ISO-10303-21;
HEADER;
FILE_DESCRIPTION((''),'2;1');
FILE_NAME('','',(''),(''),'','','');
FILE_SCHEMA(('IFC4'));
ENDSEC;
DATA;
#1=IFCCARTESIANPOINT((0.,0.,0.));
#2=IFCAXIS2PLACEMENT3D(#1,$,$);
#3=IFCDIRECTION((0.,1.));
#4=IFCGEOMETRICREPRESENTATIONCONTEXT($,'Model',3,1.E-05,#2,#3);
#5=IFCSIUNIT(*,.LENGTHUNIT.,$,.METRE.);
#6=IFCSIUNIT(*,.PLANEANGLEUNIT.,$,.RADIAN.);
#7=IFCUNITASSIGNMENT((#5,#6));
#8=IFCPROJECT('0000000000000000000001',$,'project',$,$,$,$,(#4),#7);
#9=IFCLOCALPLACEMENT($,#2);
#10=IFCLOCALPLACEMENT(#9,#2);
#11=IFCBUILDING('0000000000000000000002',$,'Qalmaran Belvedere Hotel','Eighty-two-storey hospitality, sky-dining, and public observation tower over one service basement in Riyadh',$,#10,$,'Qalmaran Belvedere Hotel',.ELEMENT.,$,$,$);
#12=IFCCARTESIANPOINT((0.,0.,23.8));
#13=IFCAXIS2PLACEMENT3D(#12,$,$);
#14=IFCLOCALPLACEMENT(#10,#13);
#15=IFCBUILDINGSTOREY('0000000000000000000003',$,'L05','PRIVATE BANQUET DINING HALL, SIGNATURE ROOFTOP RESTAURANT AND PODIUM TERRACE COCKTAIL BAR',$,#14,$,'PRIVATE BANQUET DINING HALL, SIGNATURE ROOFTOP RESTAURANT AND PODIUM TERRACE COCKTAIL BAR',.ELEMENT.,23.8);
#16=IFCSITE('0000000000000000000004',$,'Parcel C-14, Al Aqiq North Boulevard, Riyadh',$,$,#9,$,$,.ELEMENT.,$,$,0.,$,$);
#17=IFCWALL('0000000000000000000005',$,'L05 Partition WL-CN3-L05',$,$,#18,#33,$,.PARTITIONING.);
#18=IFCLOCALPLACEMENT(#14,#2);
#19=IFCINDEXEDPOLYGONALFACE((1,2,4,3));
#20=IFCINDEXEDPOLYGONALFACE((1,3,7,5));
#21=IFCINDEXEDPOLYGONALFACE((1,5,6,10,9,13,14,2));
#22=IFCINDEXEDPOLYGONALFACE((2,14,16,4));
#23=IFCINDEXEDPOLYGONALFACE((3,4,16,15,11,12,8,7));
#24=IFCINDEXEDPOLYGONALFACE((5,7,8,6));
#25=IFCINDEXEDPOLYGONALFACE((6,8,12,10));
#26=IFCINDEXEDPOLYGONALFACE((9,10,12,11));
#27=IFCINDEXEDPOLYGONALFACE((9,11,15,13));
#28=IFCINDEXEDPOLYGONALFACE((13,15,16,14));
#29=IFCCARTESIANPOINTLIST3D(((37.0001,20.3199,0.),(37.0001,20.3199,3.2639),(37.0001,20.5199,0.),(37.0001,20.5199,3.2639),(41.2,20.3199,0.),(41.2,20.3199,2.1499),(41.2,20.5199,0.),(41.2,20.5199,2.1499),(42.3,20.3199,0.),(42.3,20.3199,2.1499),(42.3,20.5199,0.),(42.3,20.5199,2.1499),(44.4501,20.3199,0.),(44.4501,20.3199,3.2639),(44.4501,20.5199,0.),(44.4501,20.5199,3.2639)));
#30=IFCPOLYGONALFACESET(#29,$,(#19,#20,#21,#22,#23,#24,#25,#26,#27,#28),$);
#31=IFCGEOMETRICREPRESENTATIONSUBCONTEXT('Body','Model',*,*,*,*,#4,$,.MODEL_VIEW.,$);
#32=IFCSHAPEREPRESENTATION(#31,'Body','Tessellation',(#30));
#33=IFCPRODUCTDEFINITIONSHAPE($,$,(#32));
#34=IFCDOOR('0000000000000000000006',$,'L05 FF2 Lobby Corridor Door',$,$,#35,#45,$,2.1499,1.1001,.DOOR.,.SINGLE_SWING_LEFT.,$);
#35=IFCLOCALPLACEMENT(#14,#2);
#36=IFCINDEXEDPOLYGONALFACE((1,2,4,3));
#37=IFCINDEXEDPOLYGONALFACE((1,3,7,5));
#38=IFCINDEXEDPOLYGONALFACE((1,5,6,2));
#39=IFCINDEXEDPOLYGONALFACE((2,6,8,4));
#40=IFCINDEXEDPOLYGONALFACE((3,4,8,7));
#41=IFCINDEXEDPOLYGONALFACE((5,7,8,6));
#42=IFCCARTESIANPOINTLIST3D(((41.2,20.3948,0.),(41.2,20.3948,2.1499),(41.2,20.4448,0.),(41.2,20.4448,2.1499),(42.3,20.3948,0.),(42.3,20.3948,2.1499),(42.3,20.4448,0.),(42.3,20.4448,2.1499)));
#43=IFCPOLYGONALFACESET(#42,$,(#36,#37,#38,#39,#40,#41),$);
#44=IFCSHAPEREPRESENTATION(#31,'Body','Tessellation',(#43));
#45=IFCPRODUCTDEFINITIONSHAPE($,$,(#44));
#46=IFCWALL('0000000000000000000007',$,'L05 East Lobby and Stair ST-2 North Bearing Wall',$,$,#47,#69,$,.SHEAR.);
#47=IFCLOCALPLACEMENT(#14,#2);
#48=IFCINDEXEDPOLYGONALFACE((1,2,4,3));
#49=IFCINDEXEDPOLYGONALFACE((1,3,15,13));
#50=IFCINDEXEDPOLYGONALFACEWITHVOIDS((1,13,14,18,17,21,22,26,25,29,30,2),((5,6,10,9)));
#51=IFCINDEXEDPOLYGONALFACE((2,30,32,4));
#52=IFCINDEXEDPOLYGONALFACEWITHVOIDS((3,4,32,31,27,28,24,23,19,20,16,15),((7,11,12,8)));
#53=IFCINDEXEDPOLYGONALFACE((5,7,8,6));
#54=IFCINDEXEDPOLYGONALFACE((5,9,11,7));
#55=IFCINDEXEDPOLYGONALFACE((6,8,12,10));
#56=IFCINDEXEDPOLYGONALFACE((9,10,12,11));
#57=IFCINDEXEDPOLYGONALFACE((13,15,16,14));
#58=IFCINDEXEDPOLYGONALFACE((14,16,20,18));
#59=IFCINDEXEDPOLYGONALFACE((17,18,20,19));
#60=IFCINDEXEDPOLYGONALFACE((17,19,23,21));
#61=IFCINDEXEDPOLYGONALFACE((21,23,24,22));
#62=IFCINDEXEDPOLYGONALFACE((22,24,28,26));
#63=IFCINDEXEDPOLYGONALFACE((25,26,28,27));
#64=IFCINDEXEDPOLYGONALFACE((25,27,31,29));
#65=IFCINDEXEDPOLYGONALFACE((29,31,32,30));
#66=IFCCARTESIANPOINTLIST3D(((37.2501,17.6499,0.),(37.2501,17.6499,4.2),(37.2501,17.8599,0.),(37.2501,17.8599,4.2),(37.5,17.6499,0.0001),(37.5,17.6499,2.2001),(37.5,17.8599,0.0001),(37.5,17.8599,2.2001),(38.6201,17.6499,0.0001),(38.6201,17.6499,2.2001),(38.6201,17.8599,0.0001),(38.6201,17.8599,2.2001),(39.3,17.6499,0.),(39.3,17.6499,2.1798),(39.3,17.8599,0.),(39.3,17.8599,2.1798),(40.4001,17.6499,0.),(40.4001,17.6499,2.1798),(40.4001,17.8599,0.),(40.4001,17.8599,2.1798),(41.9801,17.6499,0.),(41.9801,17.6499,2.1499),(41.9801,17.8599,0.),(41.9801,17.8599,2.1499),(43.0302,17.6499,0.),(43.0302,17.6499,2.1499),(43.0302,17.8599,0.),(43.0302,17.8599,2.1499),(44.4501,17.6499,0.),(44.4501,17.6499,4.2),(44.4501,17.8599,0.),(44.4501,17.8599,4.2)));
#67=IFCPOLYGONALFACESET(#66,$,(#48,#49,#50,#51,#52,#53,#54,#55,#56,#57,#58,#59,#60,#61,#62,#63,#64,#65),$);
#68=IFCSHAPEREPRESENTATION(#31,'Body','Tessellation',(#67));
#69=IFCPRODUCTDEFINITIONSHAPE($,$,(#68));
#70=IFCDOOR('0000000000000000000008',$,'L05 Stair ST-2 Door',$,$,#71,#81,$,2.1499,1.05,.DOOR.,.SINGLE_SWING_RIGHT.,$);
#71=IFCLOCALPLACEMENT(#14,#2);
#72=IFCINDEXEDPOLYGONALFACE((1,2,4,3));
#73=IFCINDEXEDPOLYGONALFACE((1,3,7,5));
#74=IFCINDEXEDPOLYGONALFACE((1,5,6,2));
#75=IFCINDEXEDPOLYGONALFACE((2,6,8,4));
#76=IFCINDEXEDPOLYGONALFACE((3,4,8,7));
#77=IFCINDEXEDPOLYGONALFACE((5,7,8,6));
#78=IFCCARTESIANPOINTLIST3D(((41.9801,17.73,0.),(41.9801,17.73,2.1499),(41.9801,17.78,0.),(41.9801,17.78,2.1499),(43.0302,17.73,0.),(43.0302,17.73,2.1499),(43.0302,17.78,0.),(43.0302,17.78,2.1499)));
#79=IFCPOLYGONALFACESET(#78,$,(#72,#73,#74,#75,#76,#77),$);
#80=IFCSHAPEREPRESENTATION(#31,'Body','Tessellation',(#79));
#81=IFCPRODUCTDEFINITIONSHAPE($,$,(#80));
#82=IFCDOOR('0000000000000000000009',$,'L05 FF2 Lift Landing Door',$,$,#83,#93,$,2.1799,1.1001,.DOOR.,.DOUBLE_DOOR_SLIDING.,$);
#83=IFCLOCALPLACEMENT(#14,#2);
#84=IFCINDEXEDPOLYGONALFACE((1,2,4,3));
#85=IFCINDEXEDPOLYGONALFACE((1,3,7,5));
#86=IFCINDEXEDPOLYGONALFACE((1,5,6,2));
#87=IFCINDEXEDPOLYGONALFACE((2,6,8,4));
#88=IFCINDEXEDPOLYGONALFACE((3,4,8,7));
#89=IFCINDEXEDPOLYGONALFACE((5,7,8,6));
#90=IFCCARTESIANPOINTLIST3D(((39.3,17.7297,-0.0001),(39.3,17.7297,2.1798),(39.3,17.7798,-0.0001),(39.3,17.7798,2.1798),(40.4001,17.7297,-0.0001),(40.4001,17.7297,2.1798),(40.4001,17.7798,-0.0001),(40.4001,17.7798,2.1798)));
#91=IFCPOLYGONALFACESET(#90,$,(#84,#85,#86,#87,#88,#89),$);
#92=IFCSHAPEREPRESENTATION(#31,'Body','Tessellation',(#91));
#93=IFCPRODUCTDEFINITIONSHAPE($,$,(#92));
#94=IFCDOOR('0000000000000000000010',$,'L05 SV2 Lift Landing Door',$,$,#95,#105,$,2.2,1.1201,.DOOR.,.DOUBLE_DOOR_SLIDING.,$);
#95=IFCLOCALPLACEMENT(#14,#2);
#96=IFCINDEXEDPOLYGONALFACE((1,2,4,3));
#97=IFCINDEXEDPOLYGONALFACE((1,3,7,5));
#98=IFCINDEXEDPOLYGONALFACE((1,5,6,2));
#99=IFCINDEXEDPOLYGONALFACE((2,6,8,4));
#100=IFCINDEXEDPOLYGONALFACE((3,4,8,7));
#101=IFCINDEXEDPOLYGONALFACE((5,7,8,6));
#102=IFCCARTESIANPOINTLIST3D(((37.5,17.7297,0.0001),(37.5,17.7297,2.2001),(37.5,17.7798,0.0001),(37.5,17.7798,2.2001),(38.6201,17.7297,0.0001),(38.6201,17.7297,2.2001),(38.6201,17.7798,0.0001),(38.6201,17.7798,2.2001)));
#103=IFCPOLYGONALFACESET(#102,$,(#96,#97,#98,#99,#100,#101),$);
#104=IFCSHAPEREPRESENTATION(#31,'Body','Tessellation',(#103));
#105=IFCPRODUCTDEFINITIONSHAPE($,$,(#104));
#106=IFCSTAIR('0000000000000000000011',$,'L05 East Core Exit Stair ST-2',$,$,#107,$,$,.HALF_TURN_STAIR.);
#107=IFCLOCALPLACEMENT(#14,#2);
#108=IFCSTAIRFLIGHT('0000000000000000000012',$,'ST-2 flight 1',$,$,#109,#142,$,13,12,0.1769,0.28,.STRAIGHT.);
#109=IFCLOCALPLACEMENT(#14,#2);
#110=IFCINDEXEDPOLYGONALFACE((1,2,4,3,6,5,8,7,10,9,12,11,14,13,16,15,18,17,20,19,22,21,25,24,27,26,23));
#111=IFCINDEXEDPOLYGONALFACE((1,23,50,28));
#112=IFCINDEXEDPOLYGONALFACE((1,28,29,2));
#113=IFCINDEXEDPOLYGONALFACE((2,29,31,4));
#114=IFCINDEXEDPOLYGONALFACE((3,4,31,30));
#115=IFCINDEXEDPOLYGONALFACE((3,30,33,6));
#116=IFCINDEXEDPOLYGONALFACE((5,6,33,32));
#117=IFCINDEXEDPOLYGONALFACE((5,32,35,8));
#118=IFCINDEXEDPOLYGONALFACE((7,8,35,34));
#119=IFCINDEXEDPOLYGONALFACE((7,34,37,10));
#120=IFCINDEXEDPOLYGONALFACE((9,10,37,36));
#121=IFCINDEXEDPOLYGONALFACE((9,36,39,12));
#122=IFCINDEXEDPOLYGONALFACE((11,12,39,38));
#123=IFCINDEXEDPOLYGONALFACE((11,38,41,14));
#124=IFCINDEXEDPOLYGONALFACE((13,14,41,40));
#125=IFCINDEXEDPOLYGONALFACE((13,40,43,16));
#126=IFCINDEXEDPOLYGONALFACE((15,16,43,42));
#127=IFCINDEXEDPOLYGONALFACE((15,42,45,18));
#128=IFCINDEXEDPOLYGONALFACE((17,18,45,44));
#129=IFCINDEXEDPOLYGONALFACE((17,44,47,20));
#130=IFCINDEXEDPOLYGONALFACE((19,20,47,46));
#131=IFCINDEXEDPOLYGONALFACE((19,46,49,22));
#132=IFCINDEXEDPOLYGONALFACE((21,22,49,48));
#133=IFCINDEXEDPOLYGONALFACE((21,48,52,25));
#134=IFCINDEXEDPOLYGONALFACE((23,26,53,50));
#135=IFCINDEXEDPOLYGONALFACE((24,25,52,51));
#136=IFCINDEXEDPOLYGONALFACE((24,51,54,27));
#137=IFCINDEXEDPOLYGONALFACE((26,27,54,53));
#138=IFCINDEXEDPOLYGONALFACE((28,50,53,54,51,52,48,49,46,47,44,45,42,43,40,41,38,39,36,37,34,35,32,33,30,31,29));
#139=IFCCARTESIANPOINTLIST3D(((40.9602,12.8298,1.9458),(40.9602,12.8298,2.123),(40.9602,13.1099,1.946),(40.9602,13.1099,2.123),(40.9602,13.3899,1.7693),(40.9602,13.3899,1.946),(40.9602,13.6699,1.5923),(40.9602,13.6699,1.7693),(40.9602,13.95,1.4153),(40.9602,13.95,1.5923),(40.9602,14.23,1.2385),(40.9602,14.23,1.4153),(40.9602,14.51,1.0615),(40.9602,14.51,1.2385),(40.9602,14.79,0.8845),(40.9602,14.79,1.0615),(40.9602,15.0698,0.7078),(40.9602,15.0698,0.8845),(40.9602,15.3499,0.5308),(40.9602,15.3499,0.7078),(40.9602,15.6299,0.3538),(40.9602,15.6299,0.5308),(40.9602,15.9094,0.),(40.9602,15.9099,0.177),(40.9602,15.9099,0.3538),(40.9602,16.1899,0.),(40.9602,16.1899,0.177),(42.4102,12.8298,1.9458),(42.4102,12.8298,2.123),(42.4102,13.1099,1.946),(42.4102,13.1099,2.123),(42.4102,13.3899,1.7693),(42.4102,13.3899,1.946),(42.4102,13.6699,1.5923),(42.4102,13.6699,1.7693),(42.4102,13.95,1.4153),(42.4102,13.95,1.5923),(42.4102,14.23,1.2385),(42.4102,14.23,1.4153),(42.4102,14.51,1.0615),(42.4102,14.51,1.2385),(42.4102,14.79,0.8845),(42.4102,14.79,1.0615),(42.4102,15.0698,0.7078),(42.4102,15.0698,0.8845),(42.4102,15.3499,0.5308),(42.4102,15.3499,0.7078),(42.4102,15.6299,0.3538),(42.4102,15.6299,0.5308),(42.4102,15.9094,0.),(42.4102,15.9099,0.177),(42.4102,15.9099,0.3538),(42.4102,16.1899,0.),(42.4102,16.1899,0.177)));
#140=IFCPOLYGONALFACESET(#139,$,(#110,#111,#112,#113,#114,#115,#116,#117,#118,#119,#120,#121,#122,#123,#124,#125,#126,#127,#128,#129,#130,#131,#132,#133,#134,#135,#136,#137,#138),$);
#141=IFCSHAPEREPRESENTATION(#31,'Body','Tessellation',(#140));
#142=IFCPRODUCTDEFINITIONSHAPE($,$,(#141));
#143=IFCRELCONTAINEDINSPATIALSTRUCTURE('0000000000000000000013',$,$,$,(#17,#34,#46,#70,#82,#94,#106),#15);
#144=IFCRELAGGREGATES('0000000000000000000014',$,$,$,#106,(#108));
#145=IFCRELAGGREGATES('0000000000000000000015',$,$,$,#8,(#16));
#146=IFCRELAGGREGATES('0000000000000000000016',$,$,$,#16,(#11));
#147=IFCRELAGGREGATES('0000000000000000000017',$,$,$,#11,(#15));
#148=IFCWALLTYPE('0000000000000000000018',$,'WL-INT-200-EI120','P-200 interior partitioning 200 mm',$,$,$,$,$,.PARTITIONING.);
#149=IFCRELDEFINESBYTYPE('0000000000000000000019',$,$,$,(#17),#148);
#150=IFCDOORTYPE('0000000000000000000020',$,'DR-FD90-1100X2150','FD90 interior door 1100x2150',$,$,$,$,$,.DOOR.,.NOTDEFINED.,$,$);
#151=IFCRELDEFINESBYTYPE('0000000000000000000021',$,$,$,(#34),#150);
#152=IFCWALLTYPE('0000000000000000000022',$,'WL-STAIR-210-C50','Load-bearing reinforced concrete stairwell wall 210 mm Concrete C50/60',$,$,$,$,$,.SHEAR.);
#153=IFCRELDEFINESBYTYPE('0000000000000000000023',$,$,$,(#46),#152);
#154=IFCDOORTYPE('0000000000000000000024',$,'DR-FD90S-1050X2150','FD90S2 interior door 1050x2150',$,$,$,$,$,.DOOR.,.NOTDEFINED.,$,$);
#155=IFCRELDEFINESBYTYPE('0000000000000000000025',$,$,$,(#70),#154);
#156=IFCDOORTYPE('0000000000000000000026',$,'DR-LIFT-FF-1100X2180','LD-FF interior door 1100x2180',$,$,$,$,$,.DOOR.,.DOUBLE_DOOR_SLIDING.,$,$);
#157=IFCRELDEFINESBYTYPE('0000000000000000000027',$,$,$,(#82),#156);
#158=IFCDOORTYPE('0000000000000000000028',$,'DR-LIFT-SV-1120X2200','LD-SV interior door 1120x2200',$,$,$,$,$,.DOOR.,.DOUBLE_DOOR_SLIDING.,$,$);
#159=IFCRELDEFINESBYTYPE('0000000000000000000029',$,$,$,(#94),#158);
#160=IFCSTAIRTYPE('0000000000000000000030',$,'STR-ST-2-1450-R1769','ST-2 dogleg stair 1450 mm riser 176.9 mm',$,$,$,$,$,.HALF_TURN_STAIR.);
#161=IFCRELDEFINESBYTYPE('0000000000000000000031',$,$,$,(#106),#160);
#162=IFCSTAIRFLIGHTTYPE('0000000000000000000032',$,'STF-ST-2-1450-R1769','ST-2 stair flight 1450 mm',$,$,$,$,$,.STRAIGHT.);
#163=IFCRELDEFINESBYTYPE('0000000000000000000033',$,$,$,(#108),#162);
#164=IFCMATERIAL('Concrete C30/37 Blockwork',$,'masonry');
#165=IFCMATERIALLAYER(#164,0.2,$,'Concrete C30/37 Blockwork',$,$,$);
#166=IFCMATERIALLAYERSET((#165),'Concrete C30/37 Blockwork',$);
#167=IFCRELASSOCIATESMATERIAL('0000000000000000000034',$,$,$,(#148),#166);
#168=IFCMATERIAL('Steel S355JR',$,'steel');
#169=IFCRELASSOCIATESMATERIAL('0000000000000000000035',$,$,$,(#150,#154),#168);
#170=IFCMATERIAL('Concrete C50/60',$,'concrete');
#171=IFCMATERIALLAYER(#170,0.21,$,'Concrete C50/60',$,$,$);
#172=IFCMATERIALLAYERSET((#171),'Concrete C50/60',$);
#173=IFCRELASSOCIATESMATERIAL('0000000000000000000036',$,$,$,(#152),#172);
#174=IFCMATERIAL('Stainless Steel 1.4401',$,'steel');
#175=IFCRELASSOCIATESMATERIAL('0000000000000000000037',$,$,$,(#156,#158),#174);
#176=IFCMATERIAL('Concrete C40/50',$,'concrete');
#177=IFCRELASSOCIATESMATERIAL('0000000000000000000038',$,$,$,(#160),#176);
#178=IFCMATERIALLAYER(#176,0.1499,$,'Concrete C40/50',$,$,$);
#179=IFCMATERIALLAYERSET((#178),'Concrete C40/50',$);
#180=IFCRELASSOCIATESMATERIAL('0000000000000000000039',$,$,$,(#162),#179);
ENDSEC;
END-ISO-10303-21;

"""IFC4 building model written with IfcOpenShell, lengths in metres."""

from ifc_helpers import new_model, si_unit, direction, frame, frame_2d, origin, place, context, subcontext, project, spatial, polyline, rectangle, outline, extrude, material, layer, layer_set, type_object, element, fill, aggregate, save


model = new_model("IFC4")

# Units and contexts
model_context = context("Model", 3, precision=1e-05, world=origin(), true_north=direction((0.0, 1.0)))
body_context = subcontext(model_context, "Body", "Model", "MODEL_VIEW")
ifc_project = project(units=[si_unit("LENGTHUNIT", "METRE"), si_unit("PLANEANGLEUNIT", "RADIAN")], contexts=[model_context])

# Site, building, storey
site_placement = place(None, origin())
site = spatial("IfcSite", under=ifc_project, at=site_placement, Name="Parcel C-14, Al Aqiq North Boulevard, Riyadh", CompositionType="ELEMENT", RefElevation=0.0)
building_placement = place(site_placement, origin())
building = spatial("IfcBuilding", under=site, at=building_placement, Name="Qalmaran Belvedere Hotel", Description="Eighty-two-storey hospitality, sky-dining, and public observation tower over one service basement in Riyadh", LongName="Qalmaran Belvedere Hotel", CompositionType="ELEMENT")
storey_placement = place(building_placement, frame((0.0, 0.0, 23.8)))
storey = spatial("IfcBuildingStorey", under=building, at=storey_placement, Name="L05", Description="PRIVATE BANQUET DINING HALL, SIGNATURE ROOFTOP RESTAURANT AND PODIUM TERRACE COCKTAIL BAR", LongName="PRIVATE BANQUET DINING HALL, SIGNATURE ROOFTOP RESTAURANT AND PODIUM TERRACE COCKTAIL BAR", CompositionType="ELEMENT", Elevation=23.8)

# Shared definitions
ifc_material_1 = material(Name="Steel S355JR", Category="steel")

# Wall, opening, door
ifc_material_2 = material(Name="Concrete C30/37 Blockwork", Category="masonry")
ifc_layer_1 = layer(ifc_material_2, 0.2, Name="Concrete C30/37 Blockwork")
ifc_layer_set_1 = layer_set([ifc_layer_1], Name="Concrete C30/37 Blockwork")
wall_type_1 = type_object("IfcWallType", Name="WL-INT-200-EI120", Description="P-200 interior partitioning 200 mm", PredefinedType="PARTITIONING", material=ifc_layer_set_1)
wall_1_placement = place(storey_placement, frame((37.0, 20.4199, 0.0), z_axis=(0.0, 0.0, 1.0), x_axis=(1.0, 0.0, 0.0)))
wall_1 = element("IfcWall", 1, at=wall_1_placement, inside=storey, type_object=wall_type_1, Name="L05 Partition WL-CN3-L05", PredefinedType="PARTITIONING", context=body_context, shape_type="SweptSolid", body=[
    extrude(rectangle(XDim=7.45, YDim=0.2, at=frame_2d((3.7251, 0.0))), origin(), (0.0, 0.0, 1.0), 3.2639),
])
opening_1_placement = place(wall_1_placement, frame((4.2, 0.0, 0.0)))
opening_1 = element("IfcOpeningElement", 2, at=opening_1_placement, cuts=wall_1, PredefinedType="OPENING", context=body_context, shape_type="SweptSolid", body=[
    extrude(rectangle(XDim=1.1001, YDim=2.1499, at=frame_2d((0.55, 1.075))), frame((0.0, 0.1099, 0.0), z_axis=(0.0, -1.0, 0.0), x_axis=(1.0, 0.0, 0.0)), (0.0, 0.0, 1.0), 0.22),
])
door_type_1 = type_object("IfcDoorType", Name="DR-FD90-1100X2150", Description="FD90 interior door 1100x2150", OperationType="NOTDEFINED", PredefinedType="DOOR", material=ifc_material_1)
door_1_placement = place(opening_1_placement, origin())
door_1 = element("IfcDoor", 3, at=door_1_placement, inside=storey, type_object=door_type_1, Name="L05 FF2 Lobby Corridor Door", OperationType="SINGLE_SWING_LEFT", OverallHeight=2.1499, OverallWidth=1.1001, PredefinedType="DOOR", context=body_context, shape_type="SweptSolid", body=[
    extrude(rectangle(XDim=1.1001, YDim=2.1499, at=frame_2d((0.55, 1.075))), frame((0.0, 0.0249, 0.0), z_axis=(0.0, -1.0, 0.0), x_axis=(1.0, 0.0, 0.0)), (0.0, 0.0, 1.0), 0.05),
])
fill(opening_1, door_1)

# Wall, openings, doors
ifc_material_3 = material(Name="Concrete C50/60", Category="concrete")
ifc_layer_2 = layer(ifc_material_3, 0.21, Name="Concrete C50/60")
ifc_layer_set_2 = layer_set([ifc_layer_2], Name="Concrete C50/60")
wall_type_2 = type_object("IfcWallType", Name="WL-STAIR-210-C50", Description="Load-bearing reinforced concrete stairwell wall 210 mm Concrete C50/60", PredefinedType="SHEAR", material=ifc_layer_set_2)
wall_2_placement = place(storey_placement, frame((37.25, 17.7549, 0.0), z_axis=(0.0, 0.0, 1.0), x_axis=(1.0, 0.0, 0.0)))
wall_2 = element("IfcWall", 4, at=wall_2_placement, inside=storey, type_object=wall_type_2, Name="L05 East Lobby and Stair ST-2 North Bearing Wall", PredefinedType="SHEAR", context=body_context, shape_type="SweptSolid", body=[
    extrude(rectangle(XDim=7.2, YDim=0.21, at=frame_2d((3.6001, 0.0))), origin(), (0.0, 0.0, 1.0), 4.2),
])
opening_2_placement = place(wall_2_placement, frame((0.25, 0.0, 0.0)))
opening_2 = element("IfcOpeningElement", 5, at=opening_2_placement, cuts=wall_2, PredefinedType="OPENING", context=body_context, shape_type="SweptSolid", body=[
    extrude(rectangle(XDim=1.1201, YDim=2.2, at=frame_2d((0.5601, 1.1001))), frame((0.0, 0.115, 0.0), z_axis=(0.0, -1.0, 0.0), x_axis=(1.0, 0.0, 0.0)), (0.0, 0.0, 1.0), 0.23),
])
opening_3_placement = place(wall_2_placement, frame((2.05, 0.0, 0.0)))
opening_3 = element("IfcOpeningElement", 6, at=opening_3_placement, cuts=wall_2, PredefinedType="OPENING", context=body_context, shape_type="SweptSolid", body=[
    extrude(rectangle(XDim=1.1001, YDim=2.1799, at=frame_2d((0.55, 1.0898))), frame((0.0, 0.115, 0.0), z_axis=(0.0, -1.0, 0.0), x_axis=(1.0, 0.0, 0.0)), (0.0, 0.0, 1.0), 0.23),
])
opening_4_placement = place(wall_2_placement, frame((5.78, 0.0, 0.0), z_axis=(0.0, 0.0, 1.0), x_axis=(-1.0, 0.0, 0.0)))
opening_4 = element("IfcOpeningElement", 7, at=opening_4_placement, cuts=wall_2, PredefinedType="OPENING", context=body_context, shape_type="SweptSolid", body=[
    extrude(rectangle(XDim=1.05, YDim=2.1499, at=frame_2d((0.5249, 1.075))), frame((0.0, 0.115, 0.0), z_axis=(0.0, -1.0, 0.0), x_axis=(1.0, 0.0, 0.0)), (0.0, 0.0, 1.0), 0.23),
])
door_type_2 = type_object("IfcDoorType", Name="DR-FD90S-1050X2150", Description="FD90S2 interior door 1050x2150", OperationType="NOTDEFINED", PredefinedType="DOOR", material=ifc_material_1)
door_2_placement = place(opening_4_placement, origin())
door_2 = element("IfcDoor", 8, at=door_2_placement, inside=storey, type_object=door_type_2, Name="L05 Stair ST-2 Door", OperationType="SINGLE_SWING_RIGHT", OverallHeight=2.1499, OverallWidth=1.05, PredefinedType="DOOR", context=body_context, shape_type="SweptSolid", body=[
    extrude(rectangle(XDim=1.05, YDim=2.1499, at=frame_2d((0.5249, 1.075))), frame((0.0, 0.0249, 0.0), z_axis=(0.0, -1.0, 0.0), x_axis=(1.0, 0.0, 0.0)), (0.0, 0.0, 1.0), 0.05),
])
fill(opening_4, door_2)
ifc_material_4 = material(Name="Stainless Steel 1.4401", Category="steel")
door_type_3 = type_object("IfcDoorType", Name="DR-LIFT-FF-1100X2180", Description="LD-FF interior door 1100x2180", OperationType="DOUBLE_DOOR_SLIDING", PredefinedType="DOOR", material=ifc_material_4)
door_3_placement = place(opening_3_placement, origin())
door_3 = element("IfcDoor", 9, at=door_3_placement, inside=storey, type_object=door_type_3, Name="L05 FF2 Lift Landing Door", OperationType="DOUBLE_DOOR_SLIDING", OverallHeight=2.1799, OverallWidth=1.1001, PredefinedType="DOOR", context=body_context, shape_type="SweptSolid", body=[
    extrude(rectangle(XDim=1.1001, YDim=2.1799, at=frame_2d((0.55, 1.0898))), frame((0.0, 0.0249, 0.0), z_axis=(0.0, -1.0, 0.0), x_axis=(1.0, 0.0, 0.0)), (0.0, 0.0, 1.0), 0.05),
])
fill(opening_3, door_3)
door_type_4 = type_object("IfcDoorType", Name="DR-LIFT-SV-1120X2200", Description="LD-SV interior door 1120x2200", OperationType="DOUBLE_DOOR_SLIDING", PredefinedType="DOOR", material=ifc_material_4)
door_4_placement = place(opening_2_placement, origin())
door_4 = element("IfcDoor", 10, at=door_4_placement, inside=storey, type_object=door_type_4, Name="L05 SV2 Lift Landing Door", OperationType="DOUBLE_DOOR_SLIDING", OverallHeight=2.2, OverallWidth=1.1201, PredefinedType="DOOR", context=body_context, shape_type="SweptSolid", body=[
    extrude(rectangle(XDim=1.1201, YDim=2.2, at=frame_2d((0.5601, 1.1001))), frame((0.0, 0.0249, 0.0), z_axis=(0.0, -1.0, 0.0), x_axis=(1.0, 0.0, 0.0)), (0.0, 0.0, 1.0), 0.05),
])
fill(opening_2, door_4)

# Stair, stair flight
ifc_material_5 = material(Name="Concrete C40/50", Category="concrete")
stair_type = type_object("IfcStairType", Name="STR-ST-2-1450-R1769", Description="ST-2 dogleg stair 1450 mm riser 176.9 mm", PredefinedType="HALF_TURN_STAIR", material=ifc_material_5)
stair_placement = place(storey_placement, origin())
stair = element("IfcStair", 11, at=stair_placement, inside=storey, type_object=stair_type, Name="L05 East Core Exit Stair ST-2", PredefinedType="HALF_TURN_STAIR")
ifc_layer_3 = layer(ifc_material_5, 0.1499, Name="Concrete C40/50")
ifc_layer_set_3 = layer_set([ifc_layer_3], Name="Concrete C40/50")
stair_flight_type = type_object("IfcStairFlightType", Name="STF-ST-2-1450-R1769", Description="ST-2 stair flight 1450 mm", PredefinedType="STRAIGHT", material=ifc_layer_set_3)
stair_flight_placement = place(storey_placement, frame((41.6851, 16.1899, 0.0), z_axis=(0.0, 0.0, 1.0), x_axis=(0.0, -1.0, 0.0)))
stair_flight = element("IfcStairFlight", 12, at=stair_flight_placement, type_object=stair_flight_type, Name="ST-2 flight 1", NumberOfRisers=13, NumberOfTreads=12, PredefinedType="STRAIGHT", RiserHeight=0.1769, TreadLength=0.28, context=body_context, shape_type="SweptSolid", body=[
    extrude(outline(polyline([(0.0, 0.0), (0.0, 0.177), (0.28, 0.177), (0.28, 0.3538), (0.5601, 0.3538), (0.5601, 0.5308), (0.8401, 0.5308), (0.8401, 0.7078), (1.1201, 0.7078), (1.1201, 0.8845), (1.3999, 0.8845), (1.3999, 1.0615), (1.6799, 1.0615), (1.6799, 1.2385), (1.96, 1.2385), (1.96, 1.4153), (2.24, 1.4153), (2.24, 1.5923), (2.52, 1.5923), (2.52, 1.7693), (2.8, 1.7693), (2.8, 1.946), (3.0801, 1.946), (3.0801, 2.123), (3.3601, 2.123), (3.3601, 2.3), (3.3601, 1.9458), (0.2805, 0.0), (0.0, 0.0)])), frame((0.0, 0.7251, 0.0), z_axis=(0.0, -1.0, 0.0), x_axis=(1.0, 0.0, 0.0)), (0.0, 0.0, 1.0), 1.45),
])
aggregate(stair, [stair_flight])

save(model, "model.ifc")
